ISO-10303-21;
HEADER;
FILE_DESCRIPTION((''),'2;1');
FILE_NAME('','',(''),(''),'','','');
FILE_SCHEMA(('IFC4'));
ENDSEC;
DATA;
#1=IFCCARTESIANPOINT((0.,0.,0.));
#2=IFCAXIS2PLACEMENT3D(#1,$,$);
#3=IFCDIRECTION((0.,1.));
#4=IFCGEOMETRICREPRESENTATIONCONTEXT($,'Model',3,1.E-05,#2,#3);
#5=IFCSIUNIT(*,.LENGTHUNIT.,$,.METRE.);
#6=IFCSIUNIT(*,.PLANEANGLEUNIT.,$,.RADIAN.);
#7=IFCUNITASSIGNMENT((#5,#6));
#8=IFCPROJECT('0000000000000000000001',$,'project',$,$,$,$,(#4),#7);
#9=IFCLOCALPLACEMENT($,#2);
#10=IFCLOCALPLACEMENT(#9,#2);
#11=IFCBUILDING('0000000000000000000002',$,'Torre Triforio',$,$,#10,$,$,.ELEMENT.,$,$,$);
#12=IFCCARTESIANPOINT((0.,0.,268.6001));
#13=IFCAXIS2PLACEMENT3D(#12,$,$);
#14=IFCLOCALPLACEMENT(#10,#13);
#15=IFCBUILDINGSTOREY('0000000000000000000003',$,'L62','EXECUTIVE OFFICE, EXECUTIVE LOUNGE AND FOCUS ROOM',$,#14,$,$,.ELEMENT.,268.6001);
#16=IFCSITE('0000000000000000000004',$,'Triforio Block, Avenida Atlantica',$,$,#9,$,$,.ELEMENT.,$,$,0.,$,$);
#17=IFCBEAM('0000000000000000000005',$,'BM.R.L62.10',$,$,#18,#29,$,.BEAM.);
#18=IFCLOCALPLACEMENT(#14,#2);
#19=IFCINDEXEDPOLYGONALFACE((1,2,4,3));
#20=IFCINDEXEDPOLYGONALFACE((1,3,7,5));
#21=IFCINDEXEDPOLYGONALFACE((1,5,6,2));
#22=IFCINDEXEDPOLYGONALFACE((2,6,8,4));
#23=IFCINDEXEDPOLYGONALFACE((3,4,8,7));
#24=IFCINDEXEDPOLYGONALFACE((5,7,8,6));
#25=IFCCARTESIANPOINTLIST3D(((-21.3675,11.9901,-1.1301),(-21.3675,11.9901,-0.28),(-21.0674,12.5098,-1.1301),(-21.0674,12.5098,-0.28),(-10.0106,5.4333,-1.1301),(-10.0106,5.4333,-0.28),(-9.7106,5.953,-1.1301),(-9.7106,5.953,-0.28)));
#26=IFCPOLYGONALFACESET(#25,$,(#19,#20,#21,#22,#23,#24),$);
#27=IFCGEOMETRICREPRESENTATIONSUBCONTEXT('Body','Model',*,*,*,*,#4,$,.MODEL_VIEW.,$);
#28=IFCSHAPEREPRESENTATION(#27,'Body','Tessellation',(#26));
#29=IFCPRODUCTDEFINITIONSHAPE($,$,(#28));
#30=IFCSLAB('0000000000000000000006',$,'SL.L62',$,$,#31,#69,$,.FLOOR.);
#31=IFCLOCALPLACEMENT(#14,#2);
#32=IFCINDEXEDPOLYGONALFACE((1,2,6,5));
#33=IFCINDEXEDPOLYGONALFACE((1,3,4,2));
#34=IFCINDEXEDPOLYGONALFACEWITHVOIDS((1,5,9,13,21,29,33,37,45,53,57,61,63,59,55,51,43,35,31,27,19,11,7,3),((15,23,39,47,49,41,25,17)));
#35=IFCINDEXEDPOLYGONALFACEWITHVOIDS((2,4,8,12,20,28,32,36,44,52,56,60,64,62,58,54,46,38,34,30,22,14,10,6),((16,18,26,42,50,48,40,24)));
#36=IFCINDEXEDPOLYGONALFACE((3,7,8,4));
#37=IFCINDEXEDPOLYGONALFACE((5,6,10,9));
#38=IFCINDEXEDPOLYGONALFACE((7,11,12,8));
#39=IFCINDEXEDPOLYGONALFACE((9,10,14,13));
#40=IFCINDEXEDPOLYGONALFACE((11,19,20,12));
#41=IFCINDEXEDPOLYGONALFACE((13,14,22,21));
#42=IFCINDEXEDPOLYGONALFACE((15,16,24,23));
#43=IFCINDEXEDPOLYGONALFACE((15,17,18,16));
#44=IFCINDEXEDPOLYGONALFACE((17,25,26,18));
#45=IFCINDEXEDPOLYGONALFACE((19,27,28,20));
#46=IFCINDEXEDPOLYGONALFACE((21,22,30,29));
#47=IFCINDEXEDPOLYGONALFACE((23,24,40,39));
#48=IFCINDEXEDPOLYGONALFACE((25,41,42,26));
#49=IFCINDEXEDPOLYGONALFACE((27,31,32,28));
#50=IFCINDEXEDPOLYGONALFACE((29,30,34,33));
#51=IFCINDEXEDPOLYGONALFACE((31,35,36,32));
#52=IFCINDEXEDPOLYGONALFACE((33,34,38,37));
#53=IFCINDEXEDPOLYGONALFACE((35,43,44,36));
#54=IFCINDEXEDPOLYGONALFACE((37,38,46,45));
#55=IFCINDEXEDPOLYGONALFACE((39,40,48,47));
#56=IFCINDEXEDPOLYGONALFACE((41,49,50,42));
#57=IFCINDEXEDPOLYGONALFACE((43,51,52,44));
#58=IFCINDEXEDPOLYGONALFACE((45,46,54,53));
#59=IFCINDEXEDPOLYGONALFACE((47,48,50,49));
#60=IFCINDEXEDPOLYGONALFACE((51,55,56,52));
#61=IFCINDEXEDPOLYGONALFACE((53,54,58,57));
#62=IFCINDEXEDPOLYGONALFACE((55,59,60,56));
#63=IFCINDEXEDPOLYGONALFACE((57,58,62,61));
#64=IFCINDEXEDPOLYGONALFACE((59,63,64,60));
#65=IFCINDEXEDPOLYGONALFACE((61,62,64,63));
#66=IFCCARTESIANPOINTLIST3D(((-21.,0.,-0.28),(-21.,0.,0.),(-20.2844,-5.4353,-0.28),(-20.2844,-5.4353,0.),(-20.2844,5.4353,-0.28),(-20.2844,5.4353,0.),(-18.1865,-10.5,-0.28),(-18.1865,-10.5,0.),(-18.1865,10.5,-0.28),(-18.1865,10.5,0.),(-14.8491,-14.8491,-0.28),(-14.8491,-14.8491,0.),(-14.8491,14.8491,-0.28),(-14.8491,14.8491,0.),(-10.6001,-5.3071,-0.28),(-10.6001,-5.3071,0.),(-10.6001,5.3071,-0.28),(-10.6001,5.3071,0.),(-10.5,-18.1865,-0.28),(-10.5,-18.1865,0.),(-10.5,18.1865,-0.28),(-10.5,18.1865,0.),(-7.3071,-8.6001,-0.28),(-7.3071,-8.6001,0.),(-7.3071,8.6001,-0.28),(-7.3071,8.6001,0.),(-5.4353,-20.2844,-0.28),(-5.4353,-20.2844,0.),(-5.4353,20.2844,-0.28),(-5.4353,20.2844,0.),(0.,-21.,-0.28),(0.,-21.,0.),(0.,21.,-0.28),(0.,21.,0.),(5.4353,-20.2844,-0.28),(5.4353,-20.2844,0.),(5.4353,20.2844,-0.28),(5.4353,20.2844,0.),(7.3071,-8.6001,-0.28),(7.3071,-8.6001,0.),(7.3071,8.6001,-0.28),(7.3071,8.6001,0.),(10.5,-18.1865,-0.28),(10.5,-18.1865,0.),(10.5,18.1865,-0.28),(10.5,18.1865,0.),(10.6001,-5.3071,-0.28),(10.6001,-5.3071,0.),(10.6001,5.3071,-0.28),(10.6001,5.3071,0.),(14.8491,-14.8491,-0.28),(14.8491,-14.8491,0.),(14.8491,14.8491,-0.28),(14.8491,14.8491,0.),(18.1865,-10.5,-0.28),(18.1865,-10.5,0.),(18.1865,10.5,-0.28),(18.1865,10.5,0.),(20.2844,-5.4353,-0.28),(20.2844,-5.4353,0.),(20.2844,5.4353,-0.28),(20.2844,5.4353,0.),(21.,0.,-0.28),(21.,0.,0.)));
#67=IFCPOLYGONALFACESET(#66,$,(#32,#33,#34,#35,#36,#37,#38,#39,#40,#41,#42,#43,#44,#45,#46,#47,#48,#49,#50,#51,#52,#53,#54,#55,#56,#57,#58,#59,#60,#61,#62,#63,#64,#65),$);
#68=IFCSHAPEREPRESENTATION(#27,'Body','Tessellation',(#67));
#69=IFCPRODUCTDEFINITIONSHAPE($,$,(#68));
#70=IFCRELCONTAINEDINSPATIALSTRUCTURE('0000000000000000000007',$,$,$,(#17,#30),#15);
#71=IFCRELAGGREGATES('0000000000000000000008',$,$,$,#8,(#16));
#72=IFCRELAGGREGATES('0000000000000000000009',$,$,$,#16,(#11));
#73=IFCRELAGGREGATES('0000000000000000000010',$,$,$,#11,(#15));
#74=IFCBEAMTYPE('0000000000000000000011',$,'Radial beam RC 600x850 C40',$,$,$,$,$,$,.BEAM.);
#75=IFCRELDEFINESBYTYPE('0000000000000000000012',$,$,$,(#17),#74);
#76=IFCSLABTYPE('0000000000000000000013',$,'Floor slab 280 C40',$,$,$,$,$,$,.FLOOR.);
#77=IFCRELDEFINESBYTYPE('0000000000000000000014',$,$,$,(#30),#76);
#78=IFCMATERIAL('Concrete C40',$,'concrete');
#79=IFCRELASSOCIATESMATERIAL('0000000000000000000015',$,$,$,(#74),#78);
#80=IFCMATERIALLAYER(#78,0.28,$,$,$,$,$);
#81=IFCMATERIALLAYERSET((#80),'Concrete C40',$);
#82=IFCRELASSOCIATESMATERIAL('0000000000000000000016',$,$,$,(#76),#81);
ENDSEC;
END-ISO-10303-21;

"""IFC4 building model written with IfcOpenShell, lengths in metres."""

from ifc_helpers import new_model, si_unit, direction, frame, origin, origin_2d, place, context, subcontext, project, spatial, polyline, rectangle, outline, extrude, material, layer, layer_set, material_profile, profile_set, type_object, element, save


model = new_model("IFC4")

# Units and contexts
model_context = context("Model", 3, precision=1e-05, world=origin(), true_north=direction((0.0, 1.0)))
body_context = subcontext(model_context, "Body", "Model", "MODEL_VIEW")
ifc_project = project(units=[si_unit("LENGTHUNIT", "METRE"), si_unit("PLANEANGLEUNIT", "RADIAN")], contexts=[model_context])

# Site, building, storey
site_placement = place(None, origin())
site = spatial("IfcSite", under=ifc_project, at=site_placement, Name="Triforio Block, Avenida Atlantica", CompositionType="ELEMENT", RefElevation=0.0)
building_placement = place(site_placement, origin())
building = spatial("IfcBuilding", under=site, at=building_placement, Name="Torre Triforio", CompositionType="ELEMENT")
storey_placement = place(building_placement, frame((0.0, 0.0, 268.6001)))
storey = spatial("IfcBuildingStorey", under=building, at=storey_placement, Name="L62", Description="EXECUTIVE OFFICE, EXECUTIVE LOUNGE AND FOCUS ROOM", CompositionType="ELEMENT", Elevation=268.6001)

# Beam
ifc_material_1 = material(Name="Concrete C40", Category="concrete")
ifc_material_profile = material_profile(ifc_material_1, rectangle(XDim=0.6001, YDim=0.8501, at=origin_2d()), Name="RC 600x850")
ifc_profile_set = profile_set([ifc_material_profile], Name="Concrete C40")
beam_type = type_object("IfcBeamType", Name="Radial beam RC 600x850 C40", PredefinedType="BEAM", material=ifc_profile_set)
beam_placement = place(storey_placement, frame((-9.8606, 5.6931, -0.7051), z_axis=(-0.866027, 0.499997, 0.0), x_axis=(-0.499997, -0.866027, 0.0)))
element("IfcBeam", 1, at=beam_placement, inside=storey, type_object=beam_type, Name="BM.R.L62.10", PredefinedType="BEAM", context=body_context, shape_type="SweptSolid", body=[
    extrude(rectangle(XDim=0.6001, YDim=0.8501, at=origin_2d()), origin(), (0.0, 0.0, 1.0), 13.1138),
])

# Slab
ifc_layer_1 = layer(ifc_material_1, 0.28)
ifc_layer_set_1 = layer_set([ifc_layer_1], Name="Concrete C40")
slab_type_1 = type_object("IfcSlabType", Name="Floor slab 280 C40", PredefinedType="FLOOR", material=ifc_layer_set_1)
slab_1_placement = place(storey_placement, frame((0.0, 0.0, -0.28)))
element("IfcSlab", 2, at=slab_1_placement, inside=storey, type_object=slab_type_1, Name="SL.L62", PredefinedType="FLOOR", context=body_context, shape_type="SweptSolid", body=[
    extrude(outline(polyline([(18.1865, -10.5), (20.2844, -5.4353), (21.0, 0.0), (20.2844, 5.4353), (18.1865, 10.5), (14.8491, 14.8491), (10.5, 18.1865), (5.4353, 20.2844), (0.0, 21.0), (-5.4353, 20.2844), (-10.5, 18.1865), (-14.8491, 14.8491), (-18.1865, 10.5), (-20.2844, 5.4353), (-21.0, 0.0), (-20.2844, -5.4353), (-18.1865, -10.5), (-14.8491, -14.8491), (-10.5, -18.1865), (-5.4353, -20.2844), (0.0, -21.0), (5.4353, -20.2844), (10.5, -18.1865), (14.8491, -14.8491), (18.1865, -10.5)]), holes=[polyline([(10.6001, 5.3071), (10.6001, -5.3071), (7.3071, -8.6001), (-7.3071, -8.6001), (-10.6001, -5.3071), (-10.6001, 5.3071), (-7.3071, 8.6001), (7.3071, 8.6001), (10.6001, 5.3071)])]), origin(), (0.0, 0.0, 1.0), 0.28),
])

save(model, "model.ifc")
